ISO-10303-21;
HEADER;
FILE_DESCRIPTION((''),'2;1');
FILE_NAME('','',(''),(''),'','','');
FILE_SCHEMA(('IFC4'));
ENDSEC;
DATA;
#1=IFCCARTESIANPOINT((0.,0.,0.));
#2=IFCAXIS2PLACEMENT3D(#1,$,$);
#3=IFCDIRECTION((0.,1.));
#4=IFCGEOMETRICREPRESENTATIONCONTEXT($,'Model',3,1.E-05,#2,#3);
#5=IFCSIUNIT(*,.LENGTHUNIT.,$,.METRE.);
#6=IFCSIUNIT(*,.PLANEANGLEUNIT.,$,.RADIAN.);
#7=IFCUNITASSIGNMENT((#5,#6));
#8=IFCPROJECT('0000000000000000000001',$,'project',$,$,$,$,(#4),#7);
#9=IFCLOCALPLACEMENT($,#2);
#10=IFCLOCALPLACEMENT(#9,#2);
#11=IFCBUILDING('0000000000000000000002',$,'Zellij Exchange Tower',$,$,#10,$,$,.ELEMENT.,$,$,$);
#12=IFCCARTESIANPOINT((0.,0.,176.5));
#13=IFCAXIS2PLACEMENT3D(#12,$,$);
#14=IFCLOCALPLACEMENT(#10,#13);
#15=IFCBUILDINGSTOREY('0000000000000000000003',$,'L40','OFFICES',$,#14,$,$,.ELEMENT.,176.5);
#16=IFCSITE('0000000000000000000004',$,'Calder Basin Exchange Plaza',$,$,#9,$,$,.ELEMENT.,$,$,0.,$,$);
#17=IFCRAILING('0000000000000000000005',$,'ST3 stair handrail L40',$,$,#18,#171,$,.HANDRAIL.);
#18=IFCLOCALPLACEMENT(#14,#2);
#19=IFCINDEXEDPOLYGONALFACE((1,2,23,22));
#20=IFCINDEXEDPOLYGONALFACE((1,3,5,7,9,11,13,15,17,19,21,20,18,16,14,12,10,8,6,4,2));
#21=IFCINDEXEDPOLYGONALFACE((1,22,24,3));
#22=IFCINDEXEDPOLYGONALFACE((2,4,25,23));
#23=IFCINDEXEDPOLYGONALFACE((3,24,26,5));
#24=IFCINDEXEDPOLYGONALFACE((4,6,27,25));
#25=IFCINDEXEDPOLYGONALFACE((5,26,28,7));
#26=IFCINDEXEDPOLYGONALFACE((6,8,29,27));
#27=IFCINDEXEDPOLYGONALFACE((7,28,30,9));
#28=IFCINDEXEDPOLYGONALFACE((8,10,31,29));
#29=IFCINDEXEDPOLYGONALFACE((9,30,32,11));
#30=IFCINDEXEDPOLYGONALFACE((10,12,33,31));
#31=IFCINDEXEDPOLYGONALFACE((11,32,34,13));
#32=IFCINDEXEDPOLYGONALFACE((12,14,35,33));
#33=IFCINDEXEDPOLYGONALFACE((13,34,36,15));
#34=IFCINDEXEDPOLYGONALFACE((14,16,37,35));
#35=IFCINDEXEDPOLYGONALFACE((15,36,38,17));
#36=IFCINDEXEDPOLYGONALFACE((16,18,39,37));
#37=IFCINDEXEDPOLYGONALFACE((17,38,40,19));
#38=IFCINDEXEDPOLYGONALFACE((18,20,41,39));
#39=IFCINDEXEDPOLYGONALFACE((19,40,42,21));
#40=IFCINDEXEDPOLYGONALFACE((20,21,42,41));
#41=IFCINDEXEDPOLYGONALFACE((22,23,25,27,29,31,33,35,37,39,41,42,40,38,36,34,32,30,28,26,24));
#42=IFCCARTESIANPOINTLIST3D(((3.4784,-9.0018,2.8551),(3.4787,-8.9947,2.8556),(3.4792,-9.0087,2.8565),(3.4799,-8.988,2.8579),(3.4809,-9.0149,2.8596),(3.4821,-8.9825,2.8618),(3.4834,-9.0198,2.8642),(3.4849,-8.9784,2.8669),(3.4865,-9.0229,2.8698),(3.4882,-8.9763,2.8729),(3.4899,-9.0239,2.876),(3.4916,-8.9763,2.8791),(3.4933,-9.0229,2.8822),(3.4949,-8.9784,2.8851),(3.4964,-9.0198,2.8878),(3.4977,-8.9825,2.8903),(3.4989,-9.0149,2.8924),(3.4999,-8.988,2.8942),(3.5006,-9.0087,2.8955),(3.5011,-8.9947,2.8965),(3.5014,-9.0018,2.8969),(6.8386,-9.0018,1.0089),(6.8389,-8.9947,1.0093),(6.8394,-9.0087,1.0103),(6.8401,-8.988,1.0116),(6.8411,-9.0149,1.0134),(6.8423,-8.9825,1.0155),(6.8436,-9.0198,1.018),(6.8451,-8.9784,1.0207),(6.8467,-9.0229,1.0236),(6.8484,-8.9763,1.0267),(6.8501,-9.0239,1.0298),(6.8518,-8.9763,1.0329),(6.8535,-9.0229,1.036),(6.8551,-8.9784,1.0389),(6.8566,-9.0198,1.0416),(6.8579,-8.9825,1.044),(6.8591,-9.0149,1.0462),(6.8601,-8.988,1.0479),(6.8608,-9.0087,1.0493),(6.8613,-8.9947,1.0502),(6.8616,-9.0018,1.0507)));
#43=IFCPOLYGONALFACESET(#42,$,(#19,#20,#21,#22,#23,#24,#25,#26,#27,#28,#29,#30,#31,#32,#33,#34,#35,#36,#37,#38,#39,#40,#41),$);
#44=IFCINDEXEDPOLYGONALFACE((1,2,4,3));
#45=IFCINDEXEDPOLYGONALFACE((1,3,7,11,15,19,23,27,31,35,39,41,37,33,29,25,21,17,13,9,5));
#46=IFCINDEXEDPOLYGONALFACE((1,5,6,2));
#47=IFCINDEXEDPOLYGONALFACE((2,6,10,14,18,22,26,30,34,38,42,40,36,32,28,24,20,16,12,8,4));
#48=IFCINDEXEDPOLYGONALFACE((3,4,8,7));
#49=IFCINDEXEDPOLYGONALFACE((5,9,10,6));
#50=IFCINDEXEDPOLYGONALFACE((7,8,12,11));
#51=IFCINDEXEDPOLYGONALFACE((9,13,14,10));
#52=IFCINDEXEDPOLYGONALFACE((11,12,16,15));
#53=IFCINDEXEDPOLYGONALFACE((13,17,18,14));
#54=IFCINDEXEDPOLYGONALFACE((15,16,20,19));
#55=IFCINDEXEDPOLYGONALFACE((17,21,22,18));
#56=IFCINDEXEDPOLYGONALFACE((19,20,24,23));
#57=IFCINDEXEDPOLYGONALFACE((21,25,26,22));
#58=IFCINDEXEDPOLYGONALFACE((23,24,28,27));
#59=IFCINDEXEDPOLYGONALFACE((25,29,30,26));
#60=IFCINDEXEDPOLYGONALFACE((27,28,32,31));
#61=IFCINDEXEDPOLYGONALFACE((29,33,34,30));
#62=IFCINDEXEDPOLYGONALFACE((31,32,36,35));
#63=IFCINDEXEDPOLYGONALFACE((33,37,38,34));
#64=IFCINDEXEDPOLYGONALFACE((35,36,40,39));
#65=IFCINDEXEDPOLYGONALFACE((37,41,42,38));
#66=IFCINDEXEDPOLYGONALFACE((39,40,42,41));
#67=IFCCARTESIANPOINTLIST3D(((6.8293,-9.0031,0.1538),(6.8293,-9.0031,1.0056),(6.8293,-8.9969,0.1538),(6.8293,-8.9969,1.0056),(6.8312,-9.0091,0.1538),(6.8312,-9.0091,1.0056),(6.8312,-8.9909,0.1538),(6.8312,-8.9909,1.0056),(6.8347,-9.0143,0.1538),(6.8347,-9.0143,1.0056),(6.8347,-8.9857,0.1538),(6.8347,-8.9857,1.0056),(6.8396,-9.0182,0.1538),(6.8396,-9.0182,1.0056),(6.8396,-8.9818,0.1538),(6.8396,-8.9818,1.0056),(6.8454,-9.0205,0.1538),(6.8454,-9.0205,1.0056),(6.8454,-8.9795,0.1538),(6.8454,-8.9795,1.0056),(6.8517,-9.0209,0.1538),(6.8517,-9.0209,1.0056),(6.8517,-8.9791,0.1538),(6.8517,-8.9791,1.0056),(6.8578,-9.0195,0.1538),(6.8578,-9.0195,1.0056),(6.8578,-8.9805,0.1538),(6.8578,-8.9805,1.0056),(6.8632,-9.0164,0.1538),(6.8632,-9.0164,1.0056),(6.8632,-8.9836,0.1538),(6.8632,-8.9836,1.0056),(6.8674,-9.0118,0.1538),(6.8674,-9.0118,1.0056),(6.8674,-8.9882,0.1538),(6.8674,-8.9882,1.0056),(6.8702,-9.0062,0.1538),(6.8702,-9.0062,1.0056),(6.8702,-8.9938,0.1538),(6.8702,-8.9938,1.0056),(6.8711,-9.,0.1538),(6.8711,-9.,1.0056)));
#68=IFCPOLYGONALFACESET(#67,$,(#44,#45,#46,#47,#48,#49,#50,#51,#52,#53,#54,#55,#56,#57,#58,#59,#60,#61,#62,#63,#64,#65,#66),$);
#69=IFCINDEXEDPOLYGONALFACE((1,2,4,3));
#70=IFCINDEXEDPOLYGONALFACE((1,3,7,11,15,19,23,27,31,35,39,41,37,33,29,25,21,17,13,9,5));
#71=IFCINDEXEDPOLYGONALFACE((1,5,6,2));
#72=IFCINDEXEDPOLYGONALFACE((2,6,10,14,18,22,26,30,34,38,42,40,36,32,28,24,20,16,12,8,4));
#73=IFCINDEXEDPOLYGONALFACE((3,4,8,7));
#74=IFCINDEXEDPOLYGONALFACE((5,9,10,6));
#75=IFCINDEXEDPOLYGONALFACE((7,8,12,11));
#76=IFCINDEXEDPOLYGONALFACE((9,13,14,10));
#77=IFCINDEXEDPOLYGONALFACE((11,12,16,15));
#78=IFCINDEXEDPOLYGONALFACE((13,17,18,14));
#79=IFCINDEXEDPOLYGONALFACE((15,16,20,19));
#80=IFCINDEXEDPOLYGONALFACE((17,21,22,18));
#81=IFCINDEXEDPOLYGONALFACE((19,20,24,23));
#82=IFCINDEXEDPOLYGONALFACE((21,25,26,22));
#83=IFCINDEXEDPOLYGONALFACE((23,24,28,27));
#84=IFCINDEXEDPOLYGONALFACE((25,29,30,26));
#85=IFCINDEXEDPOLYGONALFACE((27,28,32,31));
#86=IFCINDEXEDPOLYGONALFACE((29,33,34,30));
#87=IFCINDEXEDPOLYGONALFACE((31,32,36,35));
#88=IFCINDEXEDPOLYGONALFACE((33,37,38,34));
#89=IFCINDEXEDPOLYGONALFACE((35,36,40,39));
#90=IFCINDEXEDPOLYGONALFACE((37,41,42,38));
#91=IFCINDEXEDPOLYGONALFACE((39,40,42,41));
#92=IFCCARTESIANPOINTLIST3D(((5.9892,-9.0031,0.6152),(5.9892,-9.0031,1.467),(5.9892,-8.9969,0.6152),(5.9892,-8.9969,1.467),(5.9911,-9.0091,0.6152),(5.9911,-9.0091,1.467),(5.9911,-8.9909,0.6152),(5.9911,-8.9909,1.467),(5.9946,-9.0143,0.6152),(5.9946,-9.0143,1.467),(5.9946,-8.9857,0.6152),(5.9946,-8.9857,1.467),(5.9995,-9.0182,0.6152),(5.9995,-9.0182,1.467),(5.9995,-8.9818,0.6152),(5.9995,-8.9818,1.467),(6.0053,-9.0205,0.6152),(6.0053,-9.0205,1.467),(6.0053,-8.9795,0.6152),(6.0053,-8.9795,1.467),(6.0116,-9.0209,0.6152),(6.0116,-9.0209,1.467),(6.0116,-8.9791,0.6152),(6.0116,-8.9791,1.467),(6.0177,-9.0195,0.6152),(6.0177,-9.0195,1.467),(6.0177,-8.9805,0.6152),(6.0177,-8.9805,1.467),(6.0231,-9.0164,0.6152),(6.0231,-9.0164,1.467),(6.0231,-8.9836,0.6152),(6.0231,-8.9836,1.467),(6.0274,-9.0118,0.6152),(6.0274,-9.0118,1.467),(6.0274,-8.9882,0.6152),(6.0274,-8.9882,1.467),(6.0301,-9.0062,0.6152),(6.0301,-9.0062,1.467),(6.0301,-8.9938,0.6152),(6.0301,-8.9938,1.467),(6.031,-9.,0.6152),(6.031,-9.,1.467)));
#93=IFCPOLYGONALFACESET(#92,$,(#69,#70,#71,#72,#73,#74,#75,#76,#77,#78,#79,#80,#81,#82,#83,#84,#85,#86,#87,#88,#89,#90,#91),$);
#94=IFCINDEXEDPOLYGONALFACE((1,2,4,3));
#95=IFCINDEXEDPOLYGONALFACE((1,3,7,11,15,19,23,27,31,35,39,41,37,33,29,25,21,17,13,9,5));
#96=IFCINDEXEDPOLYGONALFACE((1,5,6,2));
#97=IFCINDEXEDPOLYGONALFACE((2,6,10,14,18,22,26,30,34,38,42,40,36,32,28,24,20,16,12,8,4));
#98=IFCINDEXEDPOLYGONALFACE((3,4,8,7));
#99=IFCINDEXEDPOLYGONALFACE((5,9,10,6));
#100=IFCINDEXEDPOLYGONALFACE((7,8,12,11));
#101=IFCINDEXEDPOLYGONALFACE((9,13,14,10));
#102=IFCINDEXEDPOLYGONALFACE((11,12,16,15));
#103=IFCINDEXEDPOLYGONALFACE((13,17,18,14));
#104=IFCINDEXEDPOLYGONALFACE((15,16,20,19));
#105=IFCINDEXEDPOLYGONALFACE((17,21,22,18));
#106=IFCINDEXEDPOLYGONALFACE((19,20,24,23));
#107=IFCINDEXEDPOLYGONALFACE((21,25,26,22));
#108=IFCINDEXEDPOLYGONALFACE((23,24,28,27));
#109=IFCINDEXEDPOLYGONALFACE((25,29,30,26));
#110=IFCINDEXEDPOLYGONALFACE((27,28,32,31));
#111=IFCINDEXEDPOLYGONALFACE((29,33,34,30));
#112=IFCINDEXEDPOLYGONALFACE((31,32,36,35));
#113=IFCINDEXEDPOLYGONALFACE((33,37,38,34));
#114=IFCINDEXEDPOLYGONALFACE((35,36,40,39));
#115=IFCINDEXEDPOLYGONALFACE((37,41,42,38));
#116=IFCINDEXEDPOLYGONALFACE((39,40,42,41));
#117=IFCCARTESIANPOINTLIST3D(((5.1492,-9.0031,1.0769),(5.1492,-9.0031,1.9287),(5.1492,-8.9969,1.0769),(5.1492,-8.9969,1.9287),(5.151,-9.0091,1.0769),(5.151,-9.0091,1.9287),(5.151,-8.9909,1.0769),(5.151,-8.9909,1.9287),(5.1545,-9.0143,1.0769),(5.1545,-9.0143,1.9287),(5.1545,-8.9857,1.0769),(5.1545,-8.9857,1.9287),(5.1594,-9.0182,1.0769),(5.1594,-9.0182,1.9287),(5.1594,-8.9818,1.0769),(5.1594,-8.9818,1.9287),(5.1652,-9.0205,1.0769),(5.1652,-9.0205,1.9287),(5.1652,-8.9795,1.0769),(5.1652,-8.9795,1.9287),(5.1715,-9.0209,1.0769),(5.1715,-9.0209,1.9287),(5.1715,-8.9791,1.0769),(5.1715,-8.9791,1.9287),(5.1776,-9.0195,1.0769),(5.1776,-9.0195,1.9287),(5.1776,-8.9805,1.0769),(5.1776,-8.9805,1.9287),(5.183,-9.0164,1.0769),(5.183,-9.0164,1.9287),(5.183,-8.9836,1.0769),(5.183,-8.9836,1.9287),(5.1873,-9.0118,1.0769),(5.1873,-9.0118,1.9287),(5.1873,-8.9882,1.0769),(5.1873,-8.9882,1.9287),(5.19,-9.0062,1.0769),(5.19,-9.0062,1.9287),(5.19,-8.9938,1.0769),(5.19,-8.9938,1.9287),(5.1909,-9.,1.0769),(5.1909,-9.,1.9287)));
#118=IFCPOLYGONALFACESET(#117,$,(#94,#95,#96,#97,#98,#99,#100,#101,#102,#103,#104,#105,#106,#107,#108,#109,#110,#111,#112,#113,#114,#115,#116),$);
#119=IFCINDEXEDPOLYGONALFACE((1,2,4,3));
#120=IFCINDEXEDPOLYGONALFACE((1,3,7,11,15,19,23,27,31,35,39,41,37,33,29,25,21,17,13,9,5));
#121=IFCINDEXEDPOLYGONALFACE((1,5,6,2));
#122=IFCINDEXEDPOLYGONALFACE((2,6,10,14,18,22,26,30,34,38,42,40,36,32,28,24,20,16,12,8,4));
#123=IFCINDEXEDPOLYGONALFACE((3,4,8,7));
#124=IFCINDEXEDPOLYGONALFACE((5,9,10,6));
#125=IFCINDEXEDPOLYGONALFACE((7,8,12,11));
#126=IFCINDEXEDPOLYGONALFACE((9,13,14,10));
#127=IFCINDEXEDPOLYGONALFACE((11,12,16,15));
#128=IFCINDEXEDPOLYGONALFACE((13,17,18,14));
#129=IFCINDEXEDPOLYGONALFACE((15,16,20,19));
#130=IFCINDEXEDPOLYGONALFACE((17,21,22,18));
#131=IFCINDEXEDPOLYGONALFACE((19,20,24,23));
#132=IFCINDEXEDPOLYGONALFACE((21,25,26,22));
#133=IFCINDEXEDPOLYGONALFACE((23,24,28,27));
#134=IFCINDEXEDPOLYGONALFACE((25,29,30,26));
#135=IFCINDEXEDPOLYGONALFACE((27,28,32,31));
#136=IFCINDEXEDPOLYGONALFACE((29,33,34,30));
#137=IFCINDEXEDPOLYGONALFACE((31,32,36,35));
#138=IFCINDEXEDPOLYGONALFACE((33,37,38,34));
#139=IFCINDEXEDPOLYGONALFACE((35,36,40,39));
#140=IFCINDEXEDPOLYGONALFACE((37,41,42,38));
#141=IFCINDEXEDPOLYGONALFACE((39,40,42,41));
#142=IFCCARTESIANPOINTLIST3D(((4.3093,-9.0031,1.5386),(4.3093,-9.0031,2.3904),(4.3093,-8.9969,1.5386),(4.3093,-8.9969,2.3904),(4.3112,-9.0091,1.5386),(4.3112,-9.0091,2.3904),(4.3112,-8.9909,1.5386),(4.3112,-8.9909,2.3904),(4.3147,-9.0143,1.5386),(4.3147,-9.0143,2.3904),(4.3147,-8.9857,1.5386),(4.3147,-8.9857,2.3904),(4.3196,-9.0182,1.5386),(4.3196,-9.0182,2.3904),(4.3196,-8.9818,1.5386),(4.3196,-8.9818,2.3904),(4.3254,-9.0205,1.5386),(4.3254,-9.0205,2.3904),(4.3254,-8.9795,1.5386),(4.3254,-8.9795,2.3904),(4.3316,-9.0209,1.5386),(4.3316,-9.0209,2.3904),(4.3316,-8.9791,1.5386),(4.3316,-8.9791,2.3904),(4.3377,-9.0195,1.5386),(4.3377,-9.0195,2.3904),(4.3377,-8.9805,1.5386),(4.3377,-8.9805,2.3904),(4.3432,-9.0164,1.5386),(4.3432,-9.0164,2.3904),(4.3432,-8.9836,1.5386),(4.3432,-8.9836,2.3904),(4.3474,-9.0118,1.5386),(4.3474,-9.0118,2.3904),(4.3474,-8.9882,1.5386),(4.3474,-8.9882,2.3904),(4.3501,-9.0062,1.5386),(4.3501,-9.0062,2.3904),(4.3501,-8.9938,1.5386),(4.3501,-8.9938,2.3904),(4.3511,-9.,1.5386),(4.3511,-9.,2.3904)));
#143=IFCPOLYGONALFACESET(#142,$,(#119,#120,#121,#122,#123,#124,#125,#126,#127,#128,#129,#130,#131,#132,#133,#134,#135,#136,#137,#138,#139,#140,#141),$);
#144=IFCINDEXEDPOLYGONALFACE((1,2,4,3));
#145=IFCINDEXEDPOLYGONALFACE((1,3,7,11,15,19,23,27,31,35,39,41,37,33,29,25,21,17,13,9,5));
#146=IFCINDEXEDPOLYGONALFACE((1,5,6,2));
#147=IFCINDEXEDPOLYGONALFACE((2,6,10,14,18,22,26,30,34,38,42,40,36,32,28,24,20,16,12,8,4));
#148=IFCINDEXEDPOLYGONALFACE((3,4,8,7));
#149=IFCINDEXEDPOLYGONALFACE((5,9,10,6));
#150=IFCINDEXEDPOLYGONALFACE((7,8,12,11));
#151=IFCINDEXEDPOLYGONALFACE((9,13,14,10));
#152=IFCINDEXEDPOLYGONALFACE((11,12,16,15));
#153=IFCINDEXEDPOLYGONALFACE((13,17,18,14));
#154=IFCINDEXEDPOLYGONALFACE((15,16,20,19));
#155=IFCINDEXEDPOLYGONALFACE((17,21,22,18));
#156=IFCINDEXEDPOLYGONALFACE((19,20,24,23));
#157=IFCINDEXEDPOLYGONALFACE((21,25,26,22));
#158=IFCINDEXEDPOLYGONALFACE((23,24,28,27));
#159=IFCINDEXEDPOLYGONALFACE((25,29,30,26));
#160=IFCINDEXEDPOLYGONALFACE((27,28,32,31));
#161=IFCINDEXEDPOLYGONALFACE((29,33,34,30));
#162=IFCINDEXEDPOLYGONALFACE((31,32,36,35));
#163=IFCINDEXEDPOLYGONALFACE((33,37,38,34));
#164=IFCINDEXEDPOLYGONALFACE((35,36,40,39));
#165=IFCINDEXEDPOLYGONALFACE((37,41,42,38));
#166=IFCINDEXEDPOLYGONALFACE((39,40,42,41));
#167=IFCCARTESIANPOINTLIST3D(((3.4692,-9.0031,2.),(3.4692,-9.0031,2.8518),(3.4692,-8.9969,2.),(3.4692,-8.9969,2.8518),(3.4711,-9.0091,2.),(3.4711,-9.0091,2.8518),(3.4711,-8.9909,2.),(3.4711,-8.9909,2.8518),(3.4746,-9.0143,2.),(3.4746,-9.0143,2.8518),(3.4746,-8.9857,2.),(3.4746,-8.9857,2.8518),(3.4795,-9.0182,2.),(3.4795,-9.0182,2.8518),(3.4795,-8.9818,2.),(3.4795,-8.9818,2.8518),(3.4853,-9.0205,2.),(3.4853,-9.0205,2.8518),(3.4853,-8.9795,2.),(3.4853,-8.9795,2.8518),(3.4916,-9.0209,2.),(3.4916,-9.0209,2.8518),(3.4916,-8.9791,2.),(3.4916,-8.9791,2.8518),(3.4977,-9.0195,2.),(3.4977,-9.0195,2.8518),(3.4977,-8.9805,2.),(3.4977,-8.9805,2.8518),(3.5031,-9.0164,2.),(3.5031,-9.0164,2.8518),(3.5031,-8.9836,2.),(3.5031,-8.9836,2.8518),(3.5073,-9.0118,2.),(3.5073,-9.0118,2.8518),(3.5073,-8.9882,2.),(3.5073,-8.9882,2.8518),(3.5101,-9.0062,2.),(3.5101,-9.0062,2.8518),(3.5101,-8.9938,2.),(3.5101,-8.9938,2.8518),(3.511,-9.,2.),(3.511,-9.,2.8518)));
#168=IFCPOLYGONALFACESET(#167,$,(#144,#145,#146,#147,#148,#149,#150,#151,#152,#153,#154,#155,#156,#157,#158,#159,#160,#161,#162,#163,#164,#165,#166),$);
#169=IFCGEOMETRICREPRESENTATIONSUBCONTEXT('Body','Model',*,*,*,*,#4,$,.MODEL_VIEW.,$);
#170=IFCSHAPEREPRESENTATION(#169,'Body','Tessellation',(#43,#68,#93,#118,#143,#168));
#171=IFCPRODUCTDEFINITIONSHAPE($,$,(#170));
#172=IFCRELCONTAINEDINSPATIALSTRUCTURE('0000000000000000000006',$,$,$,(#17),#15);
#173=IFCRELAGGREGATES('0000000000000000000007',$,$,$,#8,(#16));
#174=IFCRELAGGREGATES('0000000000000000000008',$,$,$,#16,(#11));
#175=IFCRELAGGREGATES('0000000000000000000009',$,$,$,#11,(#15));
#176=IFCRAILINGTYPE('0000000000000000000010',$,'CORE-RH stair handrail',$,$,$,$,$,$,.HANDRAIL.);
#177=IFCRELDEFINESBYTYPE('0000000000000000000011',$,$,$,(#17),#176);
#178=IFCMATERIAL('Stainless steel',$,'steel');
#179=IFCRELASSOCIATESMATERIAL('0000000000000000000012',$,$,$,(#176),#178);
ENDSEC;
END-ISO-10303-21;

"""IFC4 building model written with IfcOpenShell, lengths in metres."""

from ifc_helpers import new_model, si_unit, direction, frame, origin, origin_2d, place, context, subcontext, project, spatial, circle, extrude, material, type_object, element, save


model = new_model("IFC4")

# Units and contexts
model_context = context("Model", 3, precision=1e-05, world=origin(), true_north=direction((0.0, 1.0)))
body_context = subcontext(model_context, "Body", "Model", "MODEL_VIEW")
ifc_project = project(units=[si_unit("LENGTHUNIT", "METRE"), si_unit("PLANEANGLEUNIT", "RADIAN")], contexts=[model_context])

# Site, building, storey
site_placement = place(None, origin())
site = spatial("IfcSite", under=ifc_project, at=site_placement, Name="Calder Basin Exchange Plaza", CompositionType="ELEMENT", RefElevation=0.0)
building_placement = place(site_placement, origin())
building = spatial("IfcBuilding", under=site, at=building_placement, Name="Zellij Exchange Tower", CompositionType="ELEMENT")
storey_placement = place(building_placement, frame((0.0, 0.0, 176.5)))
storey = spatial("IfcBuildingStorey", under=building, at=storey_placement, Name="L40", Description="OFFICES", CompositionType="ELEMENT", Elevation=176.5)

# Railing
ifc_material_1 = material(Name="Stainless steel", Category="steel")
railing_type_1 = type_object("IfcRailingType", Name="CORE-RH stair handrail", PredefinedType="HANDRAIL", material=ifc_material_1)
railing_1_placement = place(storey_placement, frame((6.8501, -9.0, 0.1538)))
element("IfcRailing", 1, at=railing_1_placement, inside=storey, type_object=railing_type_1, Name="ST3 stair handrail L40", PredefinedType="HANDRAIL", context=body_context, shape_type="SweptSolid", body=[
    extrude(circle(Radius=0.0239, at=origin_2d()), frame((0.0, 0.0, 0.876), z_axis=(-0.876422, 0.0, 0.481545), x_axis=(0.0, -1.0, 0.0)), (0.0, 0.0, 1.0), 3.834),
    extrude(circle(Radius=0.021, at=origin_2d()), origin(), (0.0, 0.0, 1.0), 0.8518),
    extrude(circle(Radius=0.021, at=origin_2d()), frame((-0.8401, 0.0, 0.4614)), (0.0, 0.0, 1.0), 0.8518),
    extrude(circle(Radius=0.021, at=origin_2d()), frame((-1.6802, 0.0, 0.9231)), (0.0, 0.0, 1.0), 0.8518),
    extrude(circle(Radius=0.021, at=origin_2d()), frame((-2.52, 0.0, 1.3848)), (0.0, 0.0, 1.0), 0.8518),
    extrude(circle(Radius=0.021, at=origin_2d()), frame((-3.3601, 0.0, 1.8462)), (0.0, 0.0, 1.0), 0.8518),
])

save(model, "model.ifc")
